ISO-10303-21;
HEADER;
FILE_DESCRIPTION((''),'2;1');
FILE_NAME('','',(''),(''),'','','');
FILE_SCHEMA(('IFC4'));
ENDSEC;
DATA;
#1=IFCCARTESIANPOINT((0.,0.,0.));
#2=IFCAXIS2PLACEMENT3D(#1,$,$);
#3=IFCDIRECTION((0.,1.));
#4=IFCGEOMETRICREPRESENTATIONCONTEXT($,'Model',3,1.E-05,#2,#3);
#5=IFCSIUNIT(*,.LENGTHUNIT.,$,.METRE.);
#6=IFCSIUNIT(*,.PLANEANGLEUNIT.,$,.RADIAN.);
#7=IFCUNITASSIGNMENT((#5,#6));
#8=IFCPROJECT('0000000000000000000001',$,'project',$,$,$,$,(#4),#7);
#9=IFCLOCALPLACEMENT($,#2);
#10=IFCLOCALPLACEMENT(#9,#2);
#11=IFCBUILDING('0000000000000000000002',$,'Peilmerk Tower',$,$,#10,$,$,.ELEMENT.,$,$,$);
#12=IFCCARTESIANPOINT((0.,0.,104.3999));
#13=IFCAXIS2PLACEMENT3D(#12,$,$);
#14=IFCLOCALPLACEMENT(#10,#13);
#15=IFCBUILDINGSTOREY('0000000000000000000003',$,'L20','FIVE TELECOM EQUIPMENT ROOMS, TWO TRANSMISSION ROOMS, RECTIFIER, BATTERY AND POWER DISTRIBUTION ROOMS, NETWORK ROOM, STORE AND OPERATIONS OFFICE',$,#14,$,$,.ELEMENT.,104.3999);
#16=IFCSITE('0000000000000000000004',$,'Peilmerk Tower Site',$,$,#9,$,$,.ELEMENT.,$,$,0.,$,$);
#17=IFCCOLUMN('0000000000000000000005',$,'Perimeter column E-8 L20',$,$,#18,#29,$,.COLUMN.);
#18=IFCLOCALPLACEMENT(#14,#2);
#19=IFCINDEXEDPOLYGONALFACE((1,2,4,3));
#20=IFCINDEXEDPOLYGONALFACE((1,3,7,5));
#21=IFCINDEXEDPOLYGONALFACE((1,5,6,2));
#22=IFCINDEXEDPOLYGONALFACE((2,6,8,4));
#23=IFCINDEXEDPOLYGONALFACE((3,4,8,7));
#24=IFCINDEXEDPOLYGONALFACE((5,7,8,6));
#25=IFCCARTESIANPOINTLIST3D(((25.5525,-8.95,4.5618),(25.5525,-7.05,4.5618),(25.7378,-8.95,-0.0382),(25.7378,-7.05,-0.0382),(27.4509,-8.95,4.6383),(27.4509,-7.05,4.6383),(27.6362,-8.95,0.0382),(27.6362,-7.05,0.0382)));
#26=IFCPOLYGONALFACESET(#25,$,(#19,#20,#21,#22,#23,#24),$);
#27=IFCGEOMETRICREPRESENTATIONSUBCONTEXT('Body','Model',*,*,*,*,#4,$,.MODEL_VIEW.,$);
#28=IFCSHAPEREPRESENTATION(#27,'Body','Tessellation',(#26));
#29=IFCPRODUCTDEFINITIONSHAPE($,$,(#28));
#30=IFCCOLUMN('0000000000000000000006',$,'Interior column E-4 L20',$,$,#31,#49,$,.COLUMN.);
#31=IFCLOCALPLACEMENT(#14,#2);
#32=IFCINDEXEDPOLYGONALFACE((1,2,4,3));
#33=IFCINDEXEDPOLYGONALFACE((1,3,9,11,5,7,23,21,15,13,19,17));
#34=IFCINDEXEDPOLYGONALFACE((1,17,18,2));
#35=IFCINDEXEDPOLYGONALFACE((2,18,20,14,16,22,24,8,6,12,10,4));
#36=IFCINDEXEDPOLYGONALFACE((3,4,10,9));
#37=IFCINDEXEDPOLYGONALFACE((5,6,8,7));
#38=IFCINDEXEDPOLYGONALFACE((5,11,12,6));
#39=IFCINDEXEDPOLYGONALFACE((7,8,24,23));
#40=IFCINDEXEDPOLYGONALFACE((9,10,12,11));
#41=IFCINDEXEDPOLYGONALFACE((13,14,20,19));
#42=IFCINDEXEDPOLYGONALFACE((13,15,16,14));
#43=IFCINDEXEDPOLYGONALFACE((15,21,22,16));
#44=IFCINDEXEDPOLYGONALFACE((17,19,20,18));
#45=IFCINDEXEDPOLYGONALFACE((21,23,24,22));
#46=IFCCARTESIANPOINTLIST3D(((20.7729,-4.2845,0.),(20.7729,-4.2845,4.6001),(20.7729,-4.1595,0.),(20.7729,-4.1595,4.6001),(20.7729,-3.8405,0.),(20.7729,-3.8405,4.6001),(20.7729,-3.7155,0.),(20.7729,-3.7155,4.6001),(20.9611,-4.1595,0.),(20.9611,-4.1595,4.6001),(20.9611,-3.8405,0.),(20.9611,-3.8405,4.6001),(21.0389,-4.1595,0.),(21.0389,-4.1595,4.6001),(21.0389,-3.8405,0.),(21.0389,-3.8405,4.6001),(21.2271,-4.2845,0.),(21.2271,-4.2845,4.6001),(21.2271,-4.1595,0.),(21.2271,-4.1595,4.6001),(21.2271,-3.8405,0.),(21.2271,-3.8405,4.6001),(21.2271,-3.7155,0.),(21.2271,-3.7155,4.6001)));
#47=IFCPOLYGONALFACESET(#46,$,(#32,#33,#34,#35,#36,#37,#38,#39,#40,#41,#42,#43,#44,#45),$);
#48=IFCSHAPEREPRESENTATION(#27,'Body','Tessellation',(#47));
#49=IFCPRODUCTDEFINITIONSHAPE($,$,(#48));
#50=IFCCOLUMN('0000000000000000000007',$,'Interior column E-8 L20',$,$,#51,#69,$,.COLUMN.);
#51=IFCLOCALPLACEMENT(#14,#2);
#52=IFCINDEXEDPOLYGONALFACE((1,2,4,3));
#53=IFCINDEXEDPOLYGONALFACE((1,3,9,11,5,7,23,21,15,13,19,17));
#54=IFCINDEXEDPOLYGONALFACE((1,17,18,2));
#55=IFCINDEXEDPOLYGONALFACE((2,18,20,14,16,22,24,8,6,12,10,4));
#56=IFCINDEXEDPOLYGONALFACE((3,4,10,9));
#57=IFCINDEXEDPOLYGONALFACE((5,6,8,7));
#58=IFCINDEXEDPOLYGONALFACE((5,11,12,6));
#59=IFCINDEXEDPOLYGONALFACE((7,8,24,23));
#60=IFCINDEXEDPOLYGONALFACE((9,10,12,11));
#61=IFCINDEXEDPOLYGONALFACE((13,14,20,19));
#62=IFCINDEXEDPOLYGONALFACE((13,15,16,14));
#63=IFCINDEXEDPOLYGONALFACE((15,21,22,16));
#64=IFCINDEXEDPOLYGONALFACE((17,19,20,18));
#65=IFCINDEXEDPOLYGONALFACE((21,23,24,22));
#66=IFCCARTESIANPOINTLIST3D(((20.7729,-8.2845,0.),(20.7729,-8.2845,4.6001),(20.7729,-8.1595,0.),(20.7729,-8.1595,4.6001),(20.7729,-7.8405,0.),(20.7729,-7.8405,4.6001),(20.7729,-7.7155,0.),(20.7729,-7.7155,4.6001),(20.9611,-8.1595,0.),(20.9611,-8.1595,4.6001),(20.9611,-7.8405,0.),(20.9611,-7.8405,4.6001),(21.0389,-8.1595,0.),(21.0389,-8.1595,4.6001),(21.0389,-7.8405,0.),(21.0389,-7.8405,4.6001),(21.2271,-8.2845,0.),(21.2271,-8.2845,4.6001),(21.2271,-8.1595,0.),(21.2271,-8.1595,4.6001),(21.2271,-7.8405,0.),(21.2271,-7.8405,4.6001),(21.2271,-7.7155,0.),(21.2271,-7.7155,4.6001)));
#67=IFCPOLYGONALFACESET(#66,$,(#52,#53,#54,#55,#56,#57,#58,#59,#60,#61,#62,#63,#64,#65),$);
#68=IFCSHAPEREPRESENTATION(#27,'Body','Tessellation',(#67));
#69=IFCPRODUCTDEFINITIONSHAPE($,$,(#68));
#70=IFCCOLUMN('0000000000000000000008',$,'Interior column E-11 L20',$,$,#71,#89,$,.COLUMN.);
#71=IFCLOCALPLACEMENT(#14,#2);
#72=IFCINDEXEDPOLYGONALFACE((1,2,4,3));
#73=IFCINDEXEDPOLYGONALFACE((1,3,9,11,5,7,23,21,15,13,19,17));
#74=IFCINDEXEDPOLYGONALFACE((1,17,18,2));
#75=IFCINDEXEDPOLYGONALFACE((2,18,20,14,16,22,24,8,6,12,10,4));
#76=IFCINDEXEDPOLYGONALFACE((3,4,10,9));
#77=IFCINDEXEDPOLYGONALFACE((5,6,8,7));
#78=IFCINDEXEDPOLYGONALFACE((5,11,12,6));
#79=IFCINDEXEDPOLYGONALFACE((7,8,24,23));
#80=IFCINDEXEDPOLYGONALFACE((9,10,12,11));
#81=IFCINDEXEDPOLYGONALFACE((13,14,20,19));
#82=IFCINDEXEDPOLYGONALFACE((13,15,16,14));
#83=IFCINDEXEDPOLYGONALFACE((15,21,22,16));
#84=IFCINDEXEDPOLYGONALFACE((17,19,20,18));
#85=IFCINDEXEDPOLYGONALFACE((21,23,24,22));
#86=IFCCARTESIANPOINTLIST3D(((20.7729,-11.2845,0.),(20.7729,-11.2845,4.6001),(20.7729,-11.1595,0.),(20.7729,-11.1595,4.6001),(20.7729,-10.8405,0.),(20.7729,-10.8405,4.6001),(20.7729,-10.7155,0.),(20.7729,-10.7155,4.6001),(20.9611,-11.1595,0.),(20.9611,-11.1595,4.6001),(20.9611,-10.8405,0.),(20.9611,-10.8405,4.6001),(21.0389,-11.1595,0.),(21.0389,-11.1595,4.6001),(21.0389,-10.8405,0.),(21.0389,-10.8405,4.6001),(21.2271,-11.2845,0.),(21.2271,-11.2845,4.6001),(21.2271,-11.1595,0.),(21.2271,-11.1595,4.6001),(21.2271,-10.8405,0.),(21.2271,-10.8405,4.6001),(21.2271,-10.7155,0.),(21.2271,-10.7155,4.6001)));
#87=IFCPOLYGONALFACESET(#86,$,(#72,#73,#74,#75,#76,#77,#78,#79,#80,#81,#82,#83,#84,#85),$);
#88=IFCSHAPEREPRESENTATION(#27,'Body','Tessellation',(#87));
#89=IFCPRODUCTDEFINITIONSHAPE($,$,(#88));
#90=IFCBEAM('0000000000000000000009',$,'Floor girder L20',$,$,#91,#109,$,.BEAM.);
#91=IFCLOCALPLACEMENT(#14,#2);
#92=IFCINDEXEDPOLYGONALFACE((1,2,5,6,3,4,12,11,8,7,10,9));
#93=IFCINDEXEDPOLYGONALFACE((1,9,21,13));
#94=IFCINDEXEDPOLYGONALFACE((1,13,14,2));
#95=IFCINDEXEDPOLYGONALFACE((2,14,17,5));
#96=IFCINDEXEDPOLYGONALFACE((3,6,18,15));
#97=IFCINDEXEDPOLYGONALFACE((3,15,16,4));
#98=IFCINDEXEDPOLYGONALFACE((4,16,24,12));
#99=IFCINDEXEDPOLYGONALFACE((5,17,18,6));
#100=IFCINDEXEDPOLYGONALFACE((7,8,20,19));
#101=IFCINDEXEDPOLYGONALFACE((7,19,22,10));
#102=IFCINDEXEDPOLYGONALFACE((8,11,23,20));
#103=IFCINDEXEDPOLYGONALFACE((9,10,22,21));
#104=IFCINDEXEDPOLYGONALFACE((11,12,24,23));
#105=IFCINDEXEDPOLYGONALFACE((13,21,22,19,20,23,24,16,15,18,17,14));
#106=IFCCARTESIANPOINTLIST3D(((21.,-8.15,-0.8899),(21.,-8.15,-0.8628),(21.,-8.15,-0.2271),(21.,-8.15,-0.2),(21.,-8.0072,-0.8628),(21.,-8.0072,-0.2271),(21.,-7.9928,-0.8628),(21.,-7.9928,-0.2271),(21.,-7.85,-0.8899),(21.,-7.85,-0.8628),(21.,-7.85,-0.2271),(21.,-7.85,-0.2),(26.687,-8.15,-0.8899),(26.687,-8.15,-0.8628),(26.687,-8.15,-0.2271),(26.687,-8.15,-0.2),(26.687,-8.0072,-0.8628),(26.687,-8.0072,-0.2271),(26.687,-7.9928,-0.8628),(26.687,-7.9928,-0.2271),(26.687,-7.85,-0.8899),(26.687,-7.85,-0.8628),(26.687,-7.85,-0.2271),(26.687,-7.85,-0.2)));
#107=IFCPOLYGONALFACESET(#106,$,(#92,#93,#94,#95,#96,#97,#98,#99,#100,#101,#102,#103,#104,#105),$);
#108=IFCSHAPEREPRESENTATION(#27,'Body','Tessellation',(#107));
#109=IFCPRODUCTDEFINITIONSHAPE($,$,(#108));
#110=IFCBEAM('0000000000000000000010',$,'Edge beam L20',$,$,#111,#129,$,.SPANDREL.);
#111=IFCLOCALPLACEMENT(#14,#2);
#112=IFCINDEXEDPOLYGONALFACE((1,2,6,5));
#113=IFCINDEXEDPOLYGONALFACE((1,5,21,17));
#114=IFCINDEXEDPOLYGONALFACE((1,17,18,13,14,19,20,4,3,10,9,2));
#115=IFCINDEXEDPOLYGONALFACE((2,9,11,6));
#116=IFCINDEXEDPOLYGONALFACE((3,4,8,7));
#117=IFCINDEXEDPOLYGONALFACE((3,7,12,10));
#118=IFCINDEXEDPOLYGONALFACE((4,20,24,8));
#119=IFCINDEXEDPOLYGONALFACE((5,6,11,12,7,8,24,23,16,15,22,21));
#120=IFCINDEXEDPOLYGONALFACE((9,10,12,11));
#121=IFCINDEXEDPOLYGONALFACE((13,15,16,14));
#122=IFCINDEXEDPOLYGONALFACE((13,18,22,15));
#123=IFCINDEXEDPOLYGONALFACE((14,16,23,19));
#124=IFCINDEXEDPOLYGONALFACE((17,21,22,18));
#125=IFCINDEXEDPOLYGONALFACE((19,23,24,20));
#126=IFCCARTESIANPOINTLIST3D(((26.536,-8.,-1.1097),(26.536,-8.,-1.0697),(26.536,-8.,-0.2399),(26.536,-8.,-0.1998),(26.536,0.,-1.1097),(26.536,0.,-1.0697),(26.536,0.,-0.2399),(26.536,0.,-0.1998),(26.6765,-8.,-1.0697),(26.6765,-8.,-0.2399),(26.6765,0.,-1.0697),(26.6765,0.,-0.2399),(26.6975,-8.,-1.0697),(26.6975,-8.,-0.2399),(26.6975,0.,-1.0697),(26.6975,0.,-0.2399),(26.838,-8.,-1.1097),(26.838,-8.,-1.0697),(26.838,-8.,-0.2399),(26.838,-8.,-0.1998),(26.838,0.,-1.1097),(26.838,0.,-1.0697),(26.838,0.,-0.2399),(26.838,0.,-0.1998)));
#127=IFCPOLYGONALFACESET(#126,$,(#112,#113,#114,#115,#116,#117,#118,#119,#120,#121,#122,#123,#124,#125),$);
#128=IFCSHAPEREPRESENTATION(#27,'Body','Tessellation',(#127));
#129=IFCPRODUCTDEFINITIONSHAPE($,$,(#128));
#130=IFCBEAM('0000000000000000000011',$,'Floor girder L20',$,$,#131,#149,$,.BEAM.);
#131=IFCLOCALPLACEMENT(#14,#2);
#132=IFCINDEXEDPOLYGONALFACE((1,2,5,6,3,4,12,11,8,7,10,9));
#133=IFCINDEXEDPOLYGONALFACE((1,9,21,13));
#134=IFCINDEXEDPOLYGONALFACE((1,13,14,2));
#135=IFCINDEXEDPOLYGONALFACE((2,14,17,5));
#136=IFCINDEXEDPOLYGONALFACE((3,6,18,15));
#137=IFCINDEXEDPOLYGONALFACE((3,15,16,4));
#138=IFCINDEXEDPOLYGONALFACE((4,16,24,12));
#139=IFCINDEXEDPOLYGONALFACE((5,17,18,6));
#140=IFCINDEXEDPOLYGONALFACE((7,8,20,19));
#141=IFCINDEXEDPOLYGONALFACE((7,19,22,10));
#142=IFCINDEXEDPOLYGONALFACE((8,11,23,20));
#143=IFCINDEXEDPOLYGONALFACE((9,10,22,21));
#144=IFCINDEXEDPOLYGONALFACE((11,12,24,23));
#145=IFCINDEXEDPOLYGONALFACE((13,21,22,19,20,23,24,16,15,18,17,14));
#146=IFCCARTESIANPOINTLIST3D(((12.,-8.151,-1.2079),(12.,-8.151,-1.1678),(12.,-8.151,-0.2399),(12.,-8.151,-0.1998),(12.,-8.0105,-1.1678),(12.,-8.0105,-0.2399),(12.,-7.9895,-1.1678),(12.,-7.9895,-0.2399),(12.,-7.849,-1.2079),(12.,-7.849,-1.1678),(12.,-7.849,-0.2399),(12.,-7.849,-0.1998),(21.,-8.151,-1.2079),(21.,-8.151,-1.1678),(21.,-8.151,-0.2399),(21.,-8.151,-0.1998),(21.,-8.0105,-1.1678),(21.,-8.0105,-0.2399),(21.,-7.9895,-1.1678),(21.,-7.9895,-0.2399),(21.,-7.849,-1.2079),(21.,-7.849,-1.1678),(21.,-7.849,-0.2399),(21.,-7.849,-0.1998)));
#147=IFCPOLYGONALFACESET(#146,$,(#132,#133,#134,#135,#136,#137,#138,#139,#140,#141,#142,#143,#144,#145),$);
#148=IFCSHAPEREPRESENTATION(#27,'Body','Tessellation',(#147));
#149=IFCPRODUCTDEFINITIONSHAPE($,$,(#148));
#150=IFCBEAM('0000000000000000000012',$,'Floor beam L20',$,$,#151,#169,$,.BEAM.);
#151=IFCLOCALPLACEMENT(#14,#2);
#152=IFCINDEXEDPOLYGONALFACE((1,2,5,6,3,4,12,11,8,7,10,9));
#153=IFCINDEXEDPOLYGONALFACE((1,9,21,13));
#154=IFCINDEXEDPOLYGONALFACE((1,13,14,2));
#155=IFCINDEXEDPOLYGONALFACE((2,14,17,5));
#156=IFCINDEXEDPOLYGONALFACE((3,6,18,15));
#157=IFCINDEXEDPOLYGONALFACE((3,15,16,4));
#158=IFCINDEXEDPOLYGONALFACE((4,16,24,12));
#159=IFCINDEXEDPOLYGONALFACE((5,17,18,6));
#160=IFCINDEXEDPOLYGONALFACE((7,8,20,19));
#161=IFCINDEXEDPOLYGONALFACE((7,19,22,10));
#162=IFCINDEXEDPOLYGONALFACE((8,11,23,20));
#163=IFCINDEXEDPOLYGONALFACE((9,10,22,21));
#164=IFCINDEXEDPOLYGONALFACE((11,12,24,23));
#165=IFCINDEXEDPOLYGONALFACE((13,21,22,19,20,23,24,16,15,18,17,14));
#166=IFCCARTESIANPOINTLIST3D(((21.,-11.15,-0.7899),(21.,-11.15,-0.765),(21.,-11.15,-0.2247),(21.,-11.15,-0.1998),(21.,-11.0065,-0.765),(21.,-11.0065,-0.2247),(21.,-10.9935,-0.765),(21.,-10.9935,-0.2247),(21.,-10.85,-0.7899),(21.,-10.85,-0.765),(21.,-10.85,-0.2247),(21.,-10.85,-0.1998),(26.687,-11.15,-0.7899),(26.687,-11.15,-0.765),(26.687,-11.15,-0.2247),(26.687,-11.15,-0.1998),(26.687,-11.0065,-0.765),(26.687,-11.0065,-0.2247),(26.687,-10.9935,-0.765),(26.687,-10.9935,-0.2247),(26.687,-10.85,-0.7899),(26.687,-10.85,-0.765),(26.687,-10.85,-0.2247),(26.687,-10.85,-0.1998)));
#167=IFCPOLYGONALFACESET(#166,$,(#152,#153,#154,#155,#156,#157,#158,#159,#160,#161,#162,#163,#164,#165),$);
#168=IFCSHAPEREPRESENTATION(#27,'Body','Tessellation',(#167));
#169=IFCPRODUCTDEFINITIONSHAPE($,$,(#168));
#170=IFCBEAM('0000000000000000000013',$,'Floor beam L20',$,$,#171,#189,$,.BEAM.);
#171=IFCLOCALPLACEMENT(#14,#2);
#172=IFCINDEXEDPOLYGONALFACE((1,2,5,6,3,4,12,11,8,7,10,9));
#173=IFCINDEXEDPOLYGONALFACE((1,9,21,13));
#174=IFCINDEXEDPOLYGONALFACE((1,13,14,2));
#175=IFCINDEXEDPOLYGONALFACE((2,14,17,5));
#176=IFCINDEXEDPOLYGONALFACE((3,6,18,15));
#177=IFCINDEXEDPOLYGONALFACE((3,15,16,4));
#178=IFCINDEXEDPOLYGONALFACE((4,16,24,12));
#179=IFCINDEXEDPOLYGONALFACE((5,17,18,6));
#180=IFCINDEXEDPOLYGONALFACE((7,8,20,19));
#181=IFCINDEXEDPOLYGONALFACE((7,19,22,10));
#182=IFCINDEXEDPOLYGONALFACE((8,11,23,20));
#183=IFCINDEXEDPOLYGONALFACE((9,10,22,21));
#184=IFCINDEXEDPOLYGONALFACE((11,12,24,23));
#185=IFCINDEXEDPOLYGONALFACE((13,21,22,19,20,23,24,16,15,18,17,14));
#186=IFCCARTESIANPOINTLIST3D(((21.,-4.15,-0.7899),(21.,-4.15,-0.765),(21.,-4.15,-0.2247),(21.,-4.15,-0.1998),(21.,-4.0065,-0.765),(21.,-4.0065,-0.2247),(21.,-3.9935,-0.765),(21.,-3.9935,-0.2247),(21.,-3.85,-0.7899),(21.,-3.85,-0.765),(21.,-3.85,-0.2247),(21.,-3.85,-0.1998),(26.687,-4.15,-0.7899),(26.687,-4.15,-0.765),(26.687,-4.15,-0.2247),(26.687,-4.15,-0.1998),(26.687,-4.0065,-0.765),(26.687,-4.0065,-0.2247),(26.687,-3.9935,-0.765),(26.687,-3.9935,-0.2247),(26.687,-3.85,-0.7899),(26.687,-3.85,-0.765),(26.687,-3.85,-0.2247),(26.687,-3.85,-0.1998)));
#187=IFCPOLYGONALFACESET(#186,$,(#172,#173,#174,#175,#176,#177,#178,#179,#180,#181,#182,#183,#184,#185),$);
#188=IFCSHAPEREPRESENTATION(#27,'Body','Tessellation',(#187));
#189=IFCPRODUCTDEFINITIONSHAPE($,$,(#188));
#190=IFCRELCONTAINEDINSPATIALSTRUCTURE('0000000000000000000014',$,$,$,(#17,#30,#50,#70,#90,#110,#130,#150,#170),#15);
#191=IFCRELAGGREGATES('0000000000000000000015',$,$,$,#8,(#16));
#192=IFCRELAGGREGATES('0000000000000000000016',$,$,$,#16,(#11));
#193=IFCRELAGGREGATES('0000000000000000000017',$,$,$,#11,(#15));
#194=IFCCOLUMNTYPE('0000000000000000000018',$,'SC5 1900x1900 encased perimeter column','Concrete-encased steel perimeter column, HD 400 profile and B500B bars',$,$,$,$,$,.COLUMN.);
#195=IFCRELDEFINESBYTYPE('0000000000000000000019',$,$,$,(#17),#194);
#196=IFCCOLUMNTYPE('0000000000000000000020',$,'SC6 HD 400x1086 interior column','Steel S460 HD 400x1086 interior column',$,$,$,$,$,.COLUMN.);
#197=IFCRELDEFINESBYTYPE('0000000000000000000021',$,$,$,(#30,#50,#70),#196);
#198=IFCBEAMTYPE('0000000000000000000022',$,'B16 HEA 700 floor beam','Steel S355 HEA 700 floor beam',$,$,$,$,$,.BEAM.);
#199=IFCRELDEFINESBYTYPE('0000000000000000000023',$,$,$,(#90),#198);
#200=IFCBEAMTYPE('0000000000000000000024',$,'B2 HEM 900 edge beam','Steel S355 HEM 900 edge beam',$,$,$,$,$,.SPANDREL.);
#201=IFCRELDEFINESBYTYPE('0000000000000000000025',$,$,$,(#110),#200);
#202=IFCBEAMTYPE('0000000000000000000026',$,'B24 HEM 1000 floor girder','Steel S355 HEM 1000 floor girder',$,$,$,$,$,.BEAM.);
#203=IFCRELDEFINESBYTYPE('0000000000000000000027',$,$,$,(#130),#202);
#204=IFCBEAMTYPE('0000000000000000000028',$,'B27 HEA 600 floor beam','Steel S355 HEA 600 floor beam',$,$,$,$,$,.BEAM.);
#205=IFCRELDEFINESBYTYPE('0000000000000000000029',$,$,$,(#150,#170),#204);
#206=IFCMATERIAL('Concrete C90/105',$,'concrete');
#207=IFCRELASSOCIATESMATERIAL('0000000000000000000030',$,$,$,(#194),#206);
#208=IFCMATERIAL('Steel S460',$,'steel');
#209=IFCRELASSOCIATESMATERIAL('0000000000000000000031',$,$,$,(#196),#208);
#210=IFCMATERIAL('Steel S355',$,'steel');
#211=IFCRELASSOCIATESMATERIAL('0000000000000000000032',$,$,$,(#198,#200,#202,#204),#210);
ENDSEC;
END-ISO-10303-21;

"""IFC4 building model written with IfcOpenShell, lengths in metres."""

from ifc_helpers import new_model, si_unit, direction, frame, origin, origin_2d, place, context, subcontext, project, spatial, rectangle, i_section, extrude, material, material_profile, profile_set, type_object, element, save


model = new_model("IFC4")

# Units and contexts
model_context = context("Model", 3, precision=1e-05, world=origin(), true_north=direction((0.0, 1.0)))
body_context = subcontext(model_context, "Body", "Model", "MODEL_VIEW")
ifc_project = project(units=[si_unit("LENGTHUNIT", "METRE"), si_unit("PLANEANGLEUNIT", "RADIAN")], contexts=[model_context])

# Site, building, storey
site_placement = place(None, origin())
site = spatial("IfcSite", under=ifc_project, at=site_placement, Name="Peilmerk Tower Site", CompositionType="ELEMENT", RefElevation=0.0)
building_placement = place(site_placement, origin())
building = spatial("IfcBuilding", under=site, at=building_placement, Name="Peilmerk Tower", CompositionType="ELEMENT")
storey_placement = place(building_placement, frame((0.0, 0.0, 104.3999)))
storey = spatial("IfcBuildingStorey", under=building, at=storey_placement, Name="L20", Description="FIVE TELECOM EQUIPMENT ROOMS, TWO TRANSMISSION ROOMS, RECTIFIER, BATTERY AND POWER DISTRIBUTION ROOMS, NETWORK ROOM, STORE AND OPERATIONS OFFICE", CompositionType="ELEMENT", Elevation=104.3999)

# Columns
ifc_material_1 = material(Name="Concrete C90/105", Category="concrete")
ifc_material_profile_1 = material_profile(ifc_material_1, rectangle(XDim=1.8999, YDim=1.8999, at=origin_2d()), Name="RC 1900x1900")
ifc_profile_set_1 = profile_set([ifc_material_profile_1], Name="Concrete C90/105")
column_type_1 = type_object("IfcColumnType", Name="SC5 1900x1900 encased perimeter column", Description="Concrete-encased steel perimeter column, HD 400 profile and B500B bars", PredefinedType="COLUMN", material=ifc_profile_set_1)
column_placement = place(storey_placement, frame((26.687, -8.0, 0.0), z_axis=(-0.04025, 0.0, 0.99919), x_axis=(0.0, -1.0, 0.0)))
element("IfcColumn", 1, at=column_placement, inside=storey, type_object=column_type_1, Name="Perimeter column E-8 L20", PredefinedType="COLUMN", context=body_context, shape_type="SweptSolid", body=[
    extrude(rectangle(XDim=1.8999, YDim=1.8999, at=origin_2d()), origin(), (0.0, 0.0, 1.0), 4.6038),
])
ifc_material_2 = material(Name="Steel S460", Category="steel")
ifc_material_profile_2 = material_profile(ifc_material_2, i_section(OverallWidth=0.4541, OverallDepth=0.5691, WebThickness=0.0779, FlangeThickness=0.125, at=origin_2d()), Name="HD 400x1086")
ifc_profile_set_2 = profile_set([ifc_material_profile_2], Name="Steel S460")
column_type_2 = type_object("IfcColumnType", Name="SC6 HD 400x1086 interior column", Description="Steel S460 HD 400x1086 interior column", PredefinedType="COLUMN", material=ifc_profile_set_2)
for number, where, z_axis, x_axis, name in (
    (2, (21.0, -4.0, 0.0), (0.0, 0.0, 1.0), (1.0, 0.0, 0.0), "Interior column E-4 L20"),
    (3, (21.0, -8.0, 0.0), (0.0, 0.0, 1.0), (1.0, 0.0, 0.0), "Interior column E-8 L20"),
    (4, (21.0, -11.0, 0.0), (0.0, 0.0, 1.0), (1.0, 0.0, 0.0), "Interior column E-11 L20"),
):
    element("IfcColumn", number, at=place(storey_placement, frame(where, z_axis=z_axis, x_axis=x_axis)), inside=storey, type_object=column_type_2, Name=name, PredefinedType="COLUMN", context=body_context, shape_type="SweptSolid", body=[
        extrude(i_section(OverallWidth=0.4541, OverallDepth=0.5691, WebThickness=0.0779, FlangeThickness=0.125, at=origin_2d()), origin(), (0.0, 0.0, 1.0), 4.6001),
    ])

# Beams
ifc_material_3 = material(Name="Steel S355", Category="steel")
ifc_material_profile_3 = material_profile(ifc_material_3, i_section(OverallWidth=0.3, OverallDepth=0.6899, WebThickness=0.0144, FlangeThickness=0.0271, at=origin_2d()), Name="HEA 700")
ifc_profile_set_3 = profile_set([ifc_material_profile_3], Name="Steel S355")
beam_type_1 = type_object("IfcBeamType", Name="B16 HEA 700 floor beam", Description="Steel S355 HEA 700 floor beam", PredefinedType="BEAM", material=ifc_profile_set_3)
beam_1_placement = place(storey_placement, frame((21.0, -8.0, -0.5449), z_axis=(1.0, 0.0, 0.0), x_axis=(0.0, 1.0, 0.0)))
element("IfcBeam", 5, at=beam_1_placement, inside=storey, type_object=beam_type_1, Name="Floor girder L20", PredefinedType="BEAM", context=body_context, shape_type="SweptSolid", body=[
    extrude(i_section(OverallWidth=0.3, OverallDepth=0.6899, WebThickness=0.0144, FlangeThickness=0.0271, at=origin_2d()), origin(), (0.0, 0.0, 1.0), 5.687),
])
ifc_material_profile_4 = material_profile(ifc_material_3, i_section(OverallWidth=0.302, OverallDepth=0.9099, WebThickness=0.021, FlangeThickness=0.04, at=origin_2d()), Name="HEM 900")
ifc_profile_set_4 = profile_set([ifc_material_profile_4], Name="Steel S355")
beam_type_2 = type_object("IfcBeamType", Name="B2 HEM 900 edge beam", Description="Steel S355 HEM 900 edge beam", PredefinedType="SPANDREL", material=ifc_profile_set_4)
beam_2_placement = place(storey_placement, frame((26.687, -8.0, -0.6548), z_axis=(0.0, 1.0, 0.0), x_axis=(-1.0, 0.0, 0.0)))
element("IfcBeam", 6, at=beam_2_placement, inside=storey, type_object=beam_type_2, Name="Edge beam L20", PredefinedType="SPANDREL", context=body_context, shape_type="SweptSolid", body=[
    extrude(i_section(OverallWidth=0.302, OverallDepth=0.9099, WebThickness=0.021, FlangeThickness=0.04, at=origin_2d()), origin(), (0.0, 0.0, 1.0), 8.0),
])
ifc_material_profile_5 = material_profile(ifc_material_3, i_section(OverallWidth=0.302, OverallDepth=1.0081, WebThickness=0.021, FlangeThickness=0.04, at=origin_2d()), Name="HEM 1000")
ifc_profile_set_5 = profile_set([ifc_material_profile_5], Name="Steel S355")
beam_type_3 = type_object("IfcBeamType", Name="B24 HEM 1000 floor girder", Description="Steel S355 HEM 1000 floor girder", PredefinedType="BEAM", material=ifc_profile_set_5)
beam_3_placement = place(storey_placement, frame((12.0, -8.0, -0.7039), z_axis=(1.0, 0.0, 0.0), x_axis=(0.0, 1.0, 0.0)))
element("IfcBeam", 7, at=beam_3_placement, inside=storey, type_object=beam_type_3, Name="Floor girder L20", PredefinedType="BEAM", context=body_context, shape_type="SweptSolid", body=[
    extrude(i_section(OverallWidth=0.302, OverallDepth=1.0081, WebThickness=0.021, FlangeThickness=0.04, at=origin_2d()), origin(), (0.0, 0.0, 1.0), 9.0),
])
ifc_material_profile_6 = material_profile(ifc_material_3, i_section(OverallWidth=0.3, OverallDepth=0.5901, WebThickness=0.0129, FlangeThickness=0.0249, at=origin_2d()), Name="HEA 600")
ifc_profile_set_6 = profile_set([ifc_material_profile_6], Name="Steel S355")
beam_type_4 = type_object("IfcBeamType", Name="B27 HEA 600 floor beam", Description="Steel S355 HEA 600 floor beam", PredefinedType="BEAM", material=ifc_profile_set_6)
for number, where, z_axis, x_axis, name in (
    (8, (21.0, -11.0, -0.4949), (1.0, 0.0, 0.0), (0.0, 1.0, 0.0), "Floor beam L20"),
    (9, (21.0, -4.0, -0.4949), (1.0, 0.0, 0.0), (0.0, 1.0, 0.0), "Floor beam L20"),
):
    element("IfcBeam", number, at=place(storey_placement, frame(where, z_axis=z_axis, x_axis=x_axis)), inside=storey, type_object=beam_type_4, Name=name, PredefinedType="BEAM", context=body_context, shape_type="SweptSolid", body=[
        extrude(i_section(OverallWidth=0.3, OverallDepth=0.5901, WebThickness=0.0129, FlangeThickness=0.0249, at=origin_2d()), origin(), (0.0, 0.0, 1.0), 5.687),
    ])

save(model, "model.ifc")
